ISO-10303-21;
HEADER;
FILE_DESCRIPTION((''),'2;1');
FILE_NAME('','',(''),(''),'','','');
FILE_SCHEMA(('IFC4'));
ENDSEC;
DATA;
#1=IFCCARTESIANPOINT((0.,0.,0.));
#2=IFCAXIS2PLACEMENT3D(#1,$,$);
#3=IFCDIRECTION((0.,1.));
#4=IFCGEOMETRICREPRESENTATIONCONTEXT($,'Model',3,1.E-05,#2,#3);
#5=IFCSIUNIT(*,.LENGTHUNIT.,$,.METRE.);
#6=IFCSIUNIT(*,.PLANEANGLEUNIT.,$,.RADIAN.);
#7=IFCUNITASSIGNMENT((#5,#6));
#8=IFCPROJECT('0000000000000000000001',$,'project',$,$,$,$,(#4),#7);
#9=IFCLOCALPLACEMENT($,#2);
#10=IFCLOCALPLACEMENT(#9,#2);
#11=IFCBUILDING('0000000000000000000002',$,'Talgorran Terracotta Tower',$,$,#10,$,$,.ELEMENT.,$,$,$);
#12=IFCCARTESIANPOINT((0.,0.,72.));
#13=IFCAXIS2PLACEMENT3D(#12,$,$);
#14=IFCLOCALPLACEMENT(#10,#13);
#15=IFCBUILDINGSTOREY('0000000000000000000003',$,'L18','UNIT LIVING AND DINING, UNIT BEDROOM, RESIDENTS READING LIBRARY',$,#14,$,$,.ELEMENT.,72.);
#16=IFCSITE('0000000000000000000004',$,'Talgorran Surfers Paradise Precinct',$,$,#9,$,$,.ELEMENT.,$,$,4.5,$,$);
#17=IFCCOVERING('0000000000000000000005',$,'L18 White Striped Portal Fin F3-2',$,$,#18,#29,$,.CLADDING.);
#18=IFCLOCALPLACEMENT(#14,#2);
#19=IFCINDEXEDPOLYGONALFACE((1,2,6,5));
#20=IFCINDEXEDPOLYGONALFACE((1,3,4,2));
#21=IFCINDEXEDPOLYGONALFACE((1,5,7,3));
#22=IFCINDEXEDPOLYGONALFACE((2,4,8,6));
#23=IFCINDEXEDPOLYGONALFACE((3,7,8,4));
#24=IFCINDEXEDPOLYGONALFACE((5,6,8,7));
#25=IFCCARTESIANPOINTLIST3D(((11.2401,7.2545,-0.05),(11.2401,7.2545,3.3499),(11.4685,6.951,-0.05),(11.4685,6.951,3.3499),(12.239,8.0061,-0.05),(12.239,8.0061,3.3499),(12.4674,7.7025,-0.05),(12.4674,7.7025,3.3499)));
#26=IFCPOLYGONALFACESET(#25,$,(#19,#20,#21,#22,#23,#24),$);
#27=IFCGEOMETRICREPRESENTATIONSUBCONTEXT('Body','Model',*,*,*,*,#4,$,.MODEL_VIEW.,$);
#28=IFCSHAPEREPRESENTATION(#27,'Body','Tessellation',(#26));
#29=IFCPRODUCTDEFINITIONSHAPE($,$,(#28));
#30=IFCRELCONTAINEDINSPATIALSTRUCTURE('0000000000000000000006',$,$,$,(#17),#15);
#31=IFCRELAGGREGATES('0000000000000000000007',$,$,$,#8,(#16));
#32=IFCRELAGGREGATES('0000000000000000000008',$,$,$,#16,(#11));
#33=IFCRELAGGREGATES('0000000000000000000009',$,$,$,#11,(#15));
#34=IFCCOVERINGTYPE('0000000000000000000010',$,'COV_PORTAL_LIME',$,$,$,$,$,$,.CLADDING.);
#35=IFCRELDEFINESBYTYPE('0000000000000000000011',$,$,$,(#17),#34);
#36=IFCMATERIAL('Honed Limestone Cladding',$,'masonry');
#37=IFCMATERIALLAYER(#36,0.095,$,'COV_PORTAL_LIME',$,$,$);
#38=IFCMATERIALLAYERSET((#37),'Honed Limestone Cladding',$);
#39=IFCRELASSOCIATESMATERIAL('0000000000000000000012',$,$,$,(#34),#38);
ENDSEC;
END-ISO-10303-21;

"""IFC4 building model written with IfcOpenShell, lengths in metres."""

from ifc_helpers import new_model, si_unit, direction, frame, origin, origin_2d, place, context, subcontext, project, spatial, rectangle, extrude, material, layer, layer_set, type_object, element, save


model = new_model("IFC4")

# Units and contexts
model_context = context("Model", 3, precision=1e-05, world=origin(), true_north=direction((0.0, 1.0)))
body_context = subcontext(model_context, "Body", "Model", "MODEL_VIEW")
ifc_project = project(units=[si_unit("LENGTHUNIT", "METRE"), si_unit("PLANEANGLEUNIT", "RADIAN")], contexts=[model_context])

# Site, building, storey
site_placement = place(None, origin())
site = spatial("IfcSite", under=ifc_project, at=site_placement, Name="Talgorran Surfers Paradise Precinct", CompositionType="ELEMENT", RefElevation=4.5)
building_placement = place(site_placement, origin())
building = spatial("IfcBuilding", under=site, at=building_placement, Name="Talgorran Terracotta Tower", CompositionType="ELEMENT")
storey_placement = place(building_placement, frame((0.0, 0.0, 72.0)))
storey = spatial("IfcBuildingStorey", under=building, at=storey_placement, Name="L18", Description="UNIT LIVING AND DINING, UNIT BEDROOM, RESIDENTS READING LIBRARY", CompositionType="ELEMENT", Elevation=72.0)

# Covering
ifc_material_1 = material(Name="Honed Limestone Cladding", Category="masonry")
ifc_layer_1 = layer(ifc_material_1, 0.095, Name="COV_PORTAL_LIME")
ifc_layer_set_1 = layer_set([ifc_layer_1], Name="Honed Limestone Cladding")
covering_type_1 = type_object("IfcCoveringType", Name="COV_PORTAL_LIME", PredefinedType="CLADDING", material=ifc_layer_set_1)
covering_1_placement = place(storey_placement, frame((11.8538, 7.4785, -0.05), z_axis=(0.0, 0.0, 1.0), x_axis=(-0.601243, 0.799066, 0.0)))
element("IfcCovering", 1, at=covering_1_placement, inside=storey, type_object=covering_type_1, Name="L18 White Striped Portal Fin F3-2", PredefinedType="CLADDING", context=body_context, shape_type="SweptSolid", body=[
    extrude(rectangle(XDim=0.3799, YDim=1.25, at=origin_2d()), origin(), (0.0, 0.0, 1.0), 3.3999),
])

save(model, "model.ifc")
